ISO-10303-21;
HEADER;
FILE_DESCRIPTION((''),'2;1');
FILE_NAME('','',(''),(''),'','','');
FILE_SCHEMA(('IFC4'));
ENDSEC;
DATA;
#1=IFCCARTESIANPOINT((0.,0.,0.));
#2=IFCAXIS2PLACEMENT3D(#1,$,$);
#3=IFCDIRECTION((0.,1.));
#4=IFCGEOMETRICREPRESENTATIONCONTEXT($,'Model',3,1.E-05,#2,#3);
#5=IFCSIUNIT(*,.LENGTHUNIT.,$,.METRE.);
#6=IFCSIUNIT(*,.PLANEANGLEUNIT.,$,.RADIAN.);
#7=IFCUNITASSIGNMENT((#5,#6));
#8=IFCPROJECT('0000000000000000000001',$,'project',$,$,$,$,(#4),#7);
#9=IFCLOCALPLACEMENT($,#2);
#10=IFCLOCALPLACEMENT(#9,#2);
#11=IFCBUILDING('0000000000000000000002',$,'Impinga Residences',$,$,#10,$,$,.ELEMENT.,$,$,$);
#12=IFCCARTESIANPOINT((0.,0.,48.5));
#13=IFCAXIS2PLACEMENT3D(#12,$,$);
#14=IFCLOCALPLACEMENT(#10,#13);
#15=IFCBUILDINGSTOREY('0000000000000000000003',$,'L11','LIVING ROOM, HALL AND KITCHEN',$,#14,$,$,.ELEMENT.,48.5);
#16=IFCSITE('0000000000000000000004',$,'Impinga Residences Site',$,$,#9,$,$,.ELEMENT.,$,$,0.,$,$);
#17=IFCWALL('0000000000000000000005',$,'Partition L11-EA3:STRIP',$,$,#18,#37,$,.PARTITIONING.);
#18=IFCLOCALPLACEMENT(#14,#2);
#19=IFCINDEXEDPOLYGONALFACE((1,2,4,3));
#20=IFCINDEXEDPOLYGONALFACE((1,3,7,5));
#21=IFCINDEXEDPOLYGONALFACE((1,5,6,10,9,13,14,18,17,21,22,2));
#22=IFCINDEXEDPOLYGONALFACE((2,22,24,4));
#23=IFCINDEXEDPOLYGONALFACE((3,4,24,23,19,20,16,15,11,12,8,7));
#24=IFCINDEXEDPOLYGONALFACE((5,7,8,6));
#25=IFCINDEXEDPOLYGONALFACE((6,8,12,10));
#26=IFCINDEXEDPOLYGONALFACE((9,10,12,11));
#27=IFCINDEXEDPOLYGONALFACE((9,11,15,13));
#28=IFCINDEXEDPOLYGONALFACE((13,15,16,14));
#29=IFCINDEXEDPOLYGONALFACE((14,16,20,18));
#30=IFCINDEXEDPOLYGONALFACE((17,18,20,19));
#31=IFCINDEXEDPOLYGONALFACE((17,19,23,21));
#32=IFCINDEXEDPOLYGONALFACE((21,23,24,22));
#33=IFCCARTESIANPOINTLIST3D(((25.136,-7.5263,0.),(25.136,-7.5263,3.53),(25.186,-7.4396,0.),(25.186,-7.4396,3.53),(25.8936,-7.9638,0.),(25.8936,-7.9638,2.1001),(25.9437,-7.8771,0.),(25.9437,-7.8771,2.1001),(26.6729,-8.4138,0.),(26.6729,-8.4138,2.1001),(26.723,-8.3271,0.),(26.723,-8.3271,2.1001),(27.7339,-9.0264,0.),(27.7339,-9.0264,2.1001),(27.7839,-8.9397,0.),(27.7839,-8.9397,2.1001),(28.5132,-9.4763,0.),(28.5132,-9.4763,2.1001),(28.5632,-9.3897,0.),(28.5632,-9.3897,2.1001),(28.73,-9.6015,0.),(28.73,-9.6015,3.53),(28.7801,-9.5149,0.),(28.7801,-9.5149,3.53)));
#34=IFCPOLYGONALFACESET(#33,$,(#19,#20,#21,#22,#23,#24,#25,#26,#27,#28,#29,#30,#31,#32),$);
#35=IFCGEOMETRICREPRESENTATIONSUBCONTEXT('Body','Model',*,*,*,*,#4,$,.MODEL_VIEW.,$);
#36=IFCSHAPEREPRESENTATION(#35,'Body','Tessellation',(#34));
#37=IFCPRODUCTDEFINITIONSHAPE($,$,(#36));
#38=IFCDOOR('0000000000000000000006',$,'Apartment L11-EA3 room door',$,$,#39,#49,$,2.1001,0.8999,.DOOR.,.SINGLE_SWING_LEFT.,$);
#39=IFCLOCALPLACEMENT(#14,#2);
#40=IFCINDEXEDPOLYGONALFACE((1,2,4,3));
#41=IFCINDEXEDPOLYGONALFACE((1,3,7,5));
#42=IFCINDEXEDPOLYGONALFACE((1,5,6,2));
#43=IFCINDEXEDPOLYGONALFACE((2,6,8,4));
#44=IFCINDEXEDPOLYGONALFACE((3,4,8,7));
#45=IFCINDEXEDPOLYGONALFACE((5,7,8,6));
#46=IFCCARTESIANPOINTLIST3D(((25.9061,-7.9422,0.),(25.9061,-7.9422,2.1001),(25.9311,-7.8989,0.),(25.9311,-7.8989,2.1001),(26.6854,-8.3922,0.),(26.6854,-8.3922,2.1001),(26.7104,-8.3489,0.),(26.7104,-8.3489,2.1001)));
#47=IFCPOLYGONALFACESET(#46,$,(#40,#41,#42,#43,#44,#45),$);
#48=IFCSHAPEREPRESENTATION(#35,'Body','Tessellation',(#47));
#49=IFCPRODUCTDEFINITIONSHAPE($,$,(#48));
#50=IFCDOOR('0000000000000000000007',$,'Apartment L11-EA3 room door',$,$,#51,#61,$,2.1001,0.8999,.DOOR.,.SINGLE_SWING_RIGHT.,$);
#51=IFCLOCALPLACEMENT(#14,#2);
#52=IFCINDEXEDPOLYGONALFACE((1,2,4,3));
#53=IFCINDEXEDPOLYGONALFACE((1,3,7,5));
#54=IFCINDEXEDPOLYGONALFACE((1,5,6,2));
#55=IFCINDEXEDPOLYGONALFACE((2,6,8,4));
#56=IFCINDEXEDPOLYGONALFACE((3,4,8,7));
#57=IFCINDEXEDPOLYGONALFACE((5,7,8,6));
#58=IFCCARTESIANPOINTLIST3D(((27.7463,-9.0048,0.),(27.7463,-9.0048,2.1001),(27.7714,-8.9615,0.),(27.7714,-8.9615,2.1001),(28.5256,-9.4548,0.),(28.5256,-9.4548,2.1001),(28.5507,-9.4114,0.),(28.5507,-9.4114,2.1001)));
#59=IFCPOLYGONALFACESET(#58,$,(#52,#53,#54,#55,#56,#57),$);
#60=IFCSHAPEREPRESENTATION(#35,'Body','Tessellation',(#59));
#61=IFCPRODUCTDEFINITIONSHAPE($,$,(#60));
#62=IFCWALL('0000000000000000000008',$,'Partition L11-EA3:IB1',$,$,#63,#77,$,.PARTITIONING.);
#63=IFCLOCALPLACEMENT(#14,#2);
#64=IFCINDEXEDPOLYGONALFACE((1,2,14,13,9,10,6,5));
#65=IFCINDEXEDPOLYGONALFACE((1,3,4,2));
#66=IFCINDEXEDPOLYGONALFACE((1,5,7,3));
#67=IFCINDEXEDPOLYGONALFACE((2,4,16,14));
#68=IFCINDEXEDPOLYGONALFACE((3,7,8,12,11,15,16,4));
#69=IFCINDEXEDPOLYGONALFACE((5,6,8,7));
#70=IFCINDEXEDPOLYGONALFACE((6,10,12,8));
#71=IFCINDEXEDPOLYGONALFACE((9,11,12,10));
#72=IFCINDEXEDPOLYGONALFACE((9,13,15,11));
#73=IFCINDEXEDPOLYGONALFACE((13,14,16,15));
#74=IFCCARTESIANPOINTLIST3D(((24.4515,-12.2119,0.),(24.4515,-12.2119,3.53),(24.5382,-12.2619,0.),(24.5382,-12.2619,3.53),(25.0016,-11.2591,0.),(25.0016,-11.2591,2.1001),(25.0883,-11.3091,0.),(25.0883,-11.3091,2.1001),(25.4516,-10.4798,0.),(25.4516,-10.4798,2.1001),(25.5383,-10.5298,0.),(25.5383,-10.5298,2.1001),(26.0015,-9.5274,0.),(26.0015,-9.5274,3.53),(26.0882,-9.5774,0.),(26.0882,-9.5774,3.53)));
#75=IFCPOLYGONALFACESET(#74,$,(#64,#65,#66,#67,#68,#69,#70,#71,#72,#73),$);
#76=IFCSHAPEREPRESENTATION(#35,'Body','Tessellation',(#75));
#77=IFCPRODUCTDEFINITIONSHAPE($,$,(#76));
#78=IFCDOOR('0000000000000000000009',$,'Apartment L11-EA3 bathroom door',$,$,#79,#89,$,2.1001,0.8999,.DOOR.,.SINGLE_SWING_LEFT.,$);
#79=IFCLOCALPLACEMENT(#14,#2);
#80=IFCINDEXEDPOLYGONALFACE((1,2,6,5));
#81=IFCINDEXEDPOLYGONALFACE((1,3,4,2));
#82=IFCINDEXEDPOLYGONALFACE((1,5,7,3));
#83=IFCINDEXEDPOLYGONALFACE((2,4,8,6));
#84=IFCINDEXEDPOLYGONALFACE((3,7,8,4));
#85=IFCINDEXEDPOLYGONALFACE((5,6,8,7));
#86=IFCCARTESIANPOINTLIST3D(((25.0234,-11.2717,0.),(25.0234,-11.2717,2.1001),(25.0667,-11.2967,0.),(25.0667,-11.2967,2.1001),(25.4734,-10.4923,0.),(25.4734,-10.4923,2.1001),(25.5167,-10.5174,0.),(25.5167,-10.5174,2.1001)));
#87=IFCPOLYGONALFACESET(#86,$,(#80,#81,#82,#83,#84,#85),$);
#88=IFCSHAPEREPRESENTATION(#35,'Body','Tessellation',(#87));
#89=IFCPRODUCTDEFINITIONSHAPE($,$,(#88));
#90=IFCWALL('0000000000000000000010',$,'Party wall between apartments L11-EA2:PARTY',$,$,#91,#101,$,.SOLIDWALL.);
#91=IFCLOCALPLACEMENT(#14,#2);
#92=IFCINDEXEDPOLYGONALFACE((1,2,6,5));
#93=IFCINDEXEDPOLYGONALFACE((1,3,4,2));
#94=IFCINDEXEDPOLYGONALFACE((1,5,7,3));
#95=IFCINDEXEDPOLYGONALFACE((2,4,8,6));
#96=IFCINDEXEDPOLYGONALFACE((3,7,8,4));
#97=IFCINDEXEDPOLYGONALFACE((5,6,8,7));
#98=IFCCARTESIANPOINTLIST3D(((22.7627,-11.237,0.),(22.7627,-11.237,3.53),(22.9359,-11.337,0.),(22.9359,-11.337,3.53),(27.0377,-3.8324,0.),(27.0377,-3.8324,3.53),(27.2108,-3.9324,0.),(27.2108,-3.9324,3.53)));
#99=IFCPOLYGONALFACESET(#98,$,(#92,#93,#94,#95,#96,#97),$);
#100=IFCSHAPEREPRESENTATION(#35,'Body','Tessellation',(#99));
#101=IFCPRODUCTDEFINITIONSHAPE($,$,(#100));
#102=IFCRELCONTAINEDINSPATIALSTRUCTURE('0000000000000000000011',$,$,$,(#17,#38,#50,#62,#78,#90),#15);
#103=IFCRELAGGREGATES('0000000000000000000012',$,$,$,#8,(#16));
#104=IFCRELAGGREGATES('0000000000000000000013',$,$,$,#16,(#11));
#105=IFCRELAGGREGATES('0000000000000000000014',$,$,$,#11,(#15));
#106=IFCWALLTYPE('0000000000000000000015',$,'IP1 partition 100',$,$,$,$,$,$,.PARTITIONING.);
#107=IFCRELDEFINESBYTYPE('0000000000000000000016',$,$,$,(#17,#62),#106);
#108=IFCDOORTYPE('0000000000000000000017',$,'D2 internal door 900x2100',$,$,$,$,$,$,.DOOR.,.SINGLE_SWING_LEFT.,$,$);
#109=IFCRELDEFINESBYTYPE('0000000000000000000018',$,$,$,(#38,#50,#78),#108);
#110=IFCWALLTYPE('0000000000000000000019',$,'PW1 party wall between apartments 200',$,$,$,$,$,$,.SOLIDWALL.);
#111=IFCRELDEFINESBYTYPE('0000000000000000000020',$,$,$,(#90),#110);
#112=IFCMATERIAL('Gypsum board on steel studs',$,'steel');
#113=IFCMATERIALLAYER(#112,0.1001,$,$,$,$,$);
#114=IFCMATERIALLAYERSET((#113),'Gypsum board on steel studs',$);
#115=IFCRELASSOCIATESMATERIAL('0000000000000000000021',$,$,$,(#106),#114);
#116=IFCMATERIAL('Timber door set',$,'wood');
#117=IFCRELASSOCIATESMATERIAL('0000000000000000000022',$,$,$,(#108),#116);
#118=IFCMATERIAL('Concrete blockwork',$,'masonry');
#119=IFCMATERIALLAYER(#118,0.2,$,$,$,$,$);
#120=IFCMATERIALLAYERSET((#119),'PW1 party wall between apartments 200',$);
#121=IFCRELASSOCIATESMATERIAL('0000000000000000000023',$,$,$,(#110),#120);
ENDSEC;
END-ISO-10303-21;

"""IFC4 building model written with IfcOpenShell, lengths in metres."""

from ifc_helpers import new_model, si_unit, direction, frame, frame_2d, origin, place, context, subcontext, project, spatial, rectangle, extrude, material, layer, layer_set, type_object, element, fill, save


model = new_model("IFC4")

# Units and contexts
model_context = context("Model", 3, precision=1e-05, world=origin(), true_north=direction((0.0, 1.0)))
body_context = subcontext(model_context, "Body", "Model", "MODEL_VIEW")
ifc_project = project(units=[si_unit("LENGTHUNIT", "METRE"), si_unit("PLANEANGLEUNIT", "RADIAN")], contexts=[model_context])

# Site, building, storey
site_placement = place(None, origin())
site = spatial("IfcSite", under=ifc_project, at=site_placement, Name="Impinga Residences Site", CompositionType="ELEMENT", RefElevation=0.0)
building_placement = place(site_placement, origin())
building = spatial("IfcBuilding", under=site, at=building_placement, Name="Impinga Residences", CompositionType="ELEMENT")
storey_placement = place(building_placement, frame((0.0, 0.0, 48.5)))
storey = spatial("IfcBuildingStorey", under=building, at=storey_placement, Name="L11", Description="LIVING ROOM, HALL AND KITCHEN", CompositionType="ELEMENT", Elevation=48.5)

# Shared definitions
ifc_material_1 = material(Name="Concrete blockwork", Category="masonry")
ifc_material_2 = material(Name="Timber door set", Category="wood")

# Shared definitions
ifc_material_3 = material(Name="Gypsum board on steel studs", Category="steel")
ifc_layer_1 = layer(ifc_material_3, 0.1001)
ifc_layer_set_1 = layer_set([ifc_layer_1], Name="Gypsum board on steel studs")
wall_type_1 = type_object("IfcWallType", Name="IP1 partition 100", PredefinedType="PARTITIONING", material=ifc_layer_set_1)

# Shared definitions
door_type_1 = type_object("IfcDoorType", Name="D2 internal door 900x2100", OperationType="SINGLE_SWING_LEFT", PredefinedType="DOOR", material=ifc_material_2)

# Wall, openings, doors
wall_1_placement = place(storey_placement, frame((25.1609, -7.4829, 0.0), z_axis=(0.0, 0.0, 1.0), x_axis=(0.866004, -0.500036, 0.0)))
wall_1 = element("IfcWall", 1, at=wall_1_placement, inside=storey, type_object=wall_type_1, Name="Partition L11-EA3:STRIP", PredefinedType="PARTITIONING", context=body_context, shape_type="SweptSolid", body=[
    extrude(rectangle(XDim=4.1501, YDim=0.1001, at=frame_2d((2.0752, 0.0))), origin(), (0.0, 0.0, 1.0), 3.53),
])
opening_1_placement = place(wall_1_placement, frame((0.875, 0.0, 0.0)))
opening_1 = element("IfcOpeningElement", 2, at=opening_1_placement, cuts=wall_1, PredefinedType="OPENING", context=body_context, shape_type="SweptSolid", body=[
    extrude(rectangle(XDim=0.8999, YDim=2.1001, at=frame_2d((0.45, 1.05))), frame((0.0, 0.0601, 0.0), z_axis=(0.0, -1.0, 0.0), x_axis=(1.0, 0.0, 0.0)), (0.0, 0.0, 1.0), 0.1201),
])
opening_2_placement = place(wall_1_placement, frame((3.0, 0.0, 0.0)))
opening_2 = element("IfcOpeningElement", 3, at=opening_2_placement, cuts=wall_1, PredefinedType="OPENING", context=body_context, shape_type="SweptSolid", body=[
    extrude(rectangle(XDim=0.8999, YDim=2.1001, at=frame_2d((0.45, 1.05))), frame((0.0, 0.0601, 0.0), z_axis=(0.0, -1.0, 0.0), x_axis=(1.0, 0.0, 0.0)), (0.0, 0.0, 1.0), 0.1201),
])
door_1_placement = place(opening_1_placement, origin())
door_1 = element("IfcDoor", 4, at=door_1_placement, inside=storey, type_object=door_type_1, Name="Apartment L11-EA3 room door", OperationType="SINGLE_SWING_LEFT", OverallHeight=2.1001, OverallWidth=0.8999, PredefinedType="DOOR", context=body_context, shape_type="SweptSolid", body=[
    extrude(rectangle(XDim=0.8999, YDim=2.1001, at=frame_2d((0.45, 1.05))), frame((0.0, 0.0249, 0.0), z_axis=(0.0, -1.0, 0.0), x_axis=(1.0, 0.0, 0.0)), (0.0, 0.0, 1.0), 0.05),
])
fill(opening_1, door_1)
door_2_placement = place(opening_2_placement, origin())
door_2 = element("IfcDoor", 5, at=door_2_placement, inside=storey, type_object=door_type_1, Name="Apartment L11-EA3 room door", OperationType="SINGLE_SWING_RIGHT", OverallHeight=2.1001, OverallWidth=0.8999, PredefinedType="DOOR", context=body_context, shape_type="SweptSolid", body=[
    extrude(rectangle(XDim=0.8999, YDim=2.1001, at=frame_2d((0.45, 1.05))), frame((0.0, 0.0249, 0.0), z_axis=(0.0, -1.0, 0.0), x_axis=(1.0, 0.0, 0.0)), (0.0, 0.0, 1.0), 0.05),
])
fill(opening_2, door_2)

# Wall, opening, door
wall_2_placement = place(storey_placement, frame((24.4949, -12.2368, 0.0), z_axis=(0.0, 0.0, 1.0), x_axis=(0.500027, 0.86601, 0.0)))
wall_2 = element("IfcWall", 6, at=wall_2_placement, inside=storey, type_object=wall_type_1, Name="Partition L11-EA3:IB1", PredefinedType="PARTITIONING", context=body_context, shape_type="SweptSolid", body=[
    extrude(rectangle(XDim=3.0999, YDim=0.1001, at=frame_2d((1.5498, 0.0))), origin(), (0.0, 0.0, 1.0), 3.53),
])
opening_3_placement = place(wall_2_placement, frame((1.1001, 0.0, 0.0)))
opening_3 = element("IfcOpeningElement", 7, at=opening_3_placement, cuts=wall_2, PredefinedType="OPENING", context=body_context, shape_type="SweptSolid", body=[
    extrude(rectangle(XDim=0.8999, YDim=2.1001, at=frame_2d((0.45, 1.05))), frame((0.0, 0.0601, 0.0), z_axis=(0.0, -1.0, 0.0), x_axis=(1.0, 0.0, 0.0)), (0.0, 0.0, 1.0), 0.1201),
])
door_3_placement = place(opening_3_placement, origin())
door_3 = element("IfcDoor", 8, at=door_3_placement, inside=storey, type_object=door_type_1, Name="Apartment L11-EA3 bathroom door", OperationType="SINGLE_SWING_LEFT", OverallHeight=2.1001, OverallWidth=0.8999, PredefinedType="DOOR", context=body_context, shape_type="SweptSolid", body=[
    extrude(rectangle(XDim=0.8999, YDim=2.1001, at=frame_2d((0.45, 1.05))), frame((0.0, 0.0249, 0.0), z_axis=(0.0, -1.0, 0.0), x_axis=(1.0, 0.0, 0.0)), (0.0, 0.0, 1.0), 0.05),
])
fill(opening_3, door_3)

# Wall
ifc_layer_2 = layer(ifc_material_1, 0.2)
ifc_layer_set_2 = layer_set([ifc_layer_2], Name="PW1 party wall between apartments 200")
wall_type_2 = type_object("IfcWallType", Name="PW1 party wall between apartments 200", PredefinedType="SOLIDWALL", material=ifc_layer_set_2)
wall_3_placement = place(storey_placement, frame((22.8494, -11.2869, 0.0), z_axis=(0.0, 0.0, 1.0), x_axis=(0.49999, 0.866031, 0.0)))
element("IfcWall", 9, at=wall_3_placement, inside=storey, type_object=wall_type_2, Name="Party wall between apartments L11-EA2:PARTY", PredefinedType="SOLIDWALL", context=body_context, shape_type="SweptSolid", body=[
    extrude(rectangle(XDim=8.55, YDim=0.2, at=frame_2d((4.2749, 0.0))), origin(), (0.0, 0.0, 1.0), 3.53),
])

save(model, "model.ifc")
